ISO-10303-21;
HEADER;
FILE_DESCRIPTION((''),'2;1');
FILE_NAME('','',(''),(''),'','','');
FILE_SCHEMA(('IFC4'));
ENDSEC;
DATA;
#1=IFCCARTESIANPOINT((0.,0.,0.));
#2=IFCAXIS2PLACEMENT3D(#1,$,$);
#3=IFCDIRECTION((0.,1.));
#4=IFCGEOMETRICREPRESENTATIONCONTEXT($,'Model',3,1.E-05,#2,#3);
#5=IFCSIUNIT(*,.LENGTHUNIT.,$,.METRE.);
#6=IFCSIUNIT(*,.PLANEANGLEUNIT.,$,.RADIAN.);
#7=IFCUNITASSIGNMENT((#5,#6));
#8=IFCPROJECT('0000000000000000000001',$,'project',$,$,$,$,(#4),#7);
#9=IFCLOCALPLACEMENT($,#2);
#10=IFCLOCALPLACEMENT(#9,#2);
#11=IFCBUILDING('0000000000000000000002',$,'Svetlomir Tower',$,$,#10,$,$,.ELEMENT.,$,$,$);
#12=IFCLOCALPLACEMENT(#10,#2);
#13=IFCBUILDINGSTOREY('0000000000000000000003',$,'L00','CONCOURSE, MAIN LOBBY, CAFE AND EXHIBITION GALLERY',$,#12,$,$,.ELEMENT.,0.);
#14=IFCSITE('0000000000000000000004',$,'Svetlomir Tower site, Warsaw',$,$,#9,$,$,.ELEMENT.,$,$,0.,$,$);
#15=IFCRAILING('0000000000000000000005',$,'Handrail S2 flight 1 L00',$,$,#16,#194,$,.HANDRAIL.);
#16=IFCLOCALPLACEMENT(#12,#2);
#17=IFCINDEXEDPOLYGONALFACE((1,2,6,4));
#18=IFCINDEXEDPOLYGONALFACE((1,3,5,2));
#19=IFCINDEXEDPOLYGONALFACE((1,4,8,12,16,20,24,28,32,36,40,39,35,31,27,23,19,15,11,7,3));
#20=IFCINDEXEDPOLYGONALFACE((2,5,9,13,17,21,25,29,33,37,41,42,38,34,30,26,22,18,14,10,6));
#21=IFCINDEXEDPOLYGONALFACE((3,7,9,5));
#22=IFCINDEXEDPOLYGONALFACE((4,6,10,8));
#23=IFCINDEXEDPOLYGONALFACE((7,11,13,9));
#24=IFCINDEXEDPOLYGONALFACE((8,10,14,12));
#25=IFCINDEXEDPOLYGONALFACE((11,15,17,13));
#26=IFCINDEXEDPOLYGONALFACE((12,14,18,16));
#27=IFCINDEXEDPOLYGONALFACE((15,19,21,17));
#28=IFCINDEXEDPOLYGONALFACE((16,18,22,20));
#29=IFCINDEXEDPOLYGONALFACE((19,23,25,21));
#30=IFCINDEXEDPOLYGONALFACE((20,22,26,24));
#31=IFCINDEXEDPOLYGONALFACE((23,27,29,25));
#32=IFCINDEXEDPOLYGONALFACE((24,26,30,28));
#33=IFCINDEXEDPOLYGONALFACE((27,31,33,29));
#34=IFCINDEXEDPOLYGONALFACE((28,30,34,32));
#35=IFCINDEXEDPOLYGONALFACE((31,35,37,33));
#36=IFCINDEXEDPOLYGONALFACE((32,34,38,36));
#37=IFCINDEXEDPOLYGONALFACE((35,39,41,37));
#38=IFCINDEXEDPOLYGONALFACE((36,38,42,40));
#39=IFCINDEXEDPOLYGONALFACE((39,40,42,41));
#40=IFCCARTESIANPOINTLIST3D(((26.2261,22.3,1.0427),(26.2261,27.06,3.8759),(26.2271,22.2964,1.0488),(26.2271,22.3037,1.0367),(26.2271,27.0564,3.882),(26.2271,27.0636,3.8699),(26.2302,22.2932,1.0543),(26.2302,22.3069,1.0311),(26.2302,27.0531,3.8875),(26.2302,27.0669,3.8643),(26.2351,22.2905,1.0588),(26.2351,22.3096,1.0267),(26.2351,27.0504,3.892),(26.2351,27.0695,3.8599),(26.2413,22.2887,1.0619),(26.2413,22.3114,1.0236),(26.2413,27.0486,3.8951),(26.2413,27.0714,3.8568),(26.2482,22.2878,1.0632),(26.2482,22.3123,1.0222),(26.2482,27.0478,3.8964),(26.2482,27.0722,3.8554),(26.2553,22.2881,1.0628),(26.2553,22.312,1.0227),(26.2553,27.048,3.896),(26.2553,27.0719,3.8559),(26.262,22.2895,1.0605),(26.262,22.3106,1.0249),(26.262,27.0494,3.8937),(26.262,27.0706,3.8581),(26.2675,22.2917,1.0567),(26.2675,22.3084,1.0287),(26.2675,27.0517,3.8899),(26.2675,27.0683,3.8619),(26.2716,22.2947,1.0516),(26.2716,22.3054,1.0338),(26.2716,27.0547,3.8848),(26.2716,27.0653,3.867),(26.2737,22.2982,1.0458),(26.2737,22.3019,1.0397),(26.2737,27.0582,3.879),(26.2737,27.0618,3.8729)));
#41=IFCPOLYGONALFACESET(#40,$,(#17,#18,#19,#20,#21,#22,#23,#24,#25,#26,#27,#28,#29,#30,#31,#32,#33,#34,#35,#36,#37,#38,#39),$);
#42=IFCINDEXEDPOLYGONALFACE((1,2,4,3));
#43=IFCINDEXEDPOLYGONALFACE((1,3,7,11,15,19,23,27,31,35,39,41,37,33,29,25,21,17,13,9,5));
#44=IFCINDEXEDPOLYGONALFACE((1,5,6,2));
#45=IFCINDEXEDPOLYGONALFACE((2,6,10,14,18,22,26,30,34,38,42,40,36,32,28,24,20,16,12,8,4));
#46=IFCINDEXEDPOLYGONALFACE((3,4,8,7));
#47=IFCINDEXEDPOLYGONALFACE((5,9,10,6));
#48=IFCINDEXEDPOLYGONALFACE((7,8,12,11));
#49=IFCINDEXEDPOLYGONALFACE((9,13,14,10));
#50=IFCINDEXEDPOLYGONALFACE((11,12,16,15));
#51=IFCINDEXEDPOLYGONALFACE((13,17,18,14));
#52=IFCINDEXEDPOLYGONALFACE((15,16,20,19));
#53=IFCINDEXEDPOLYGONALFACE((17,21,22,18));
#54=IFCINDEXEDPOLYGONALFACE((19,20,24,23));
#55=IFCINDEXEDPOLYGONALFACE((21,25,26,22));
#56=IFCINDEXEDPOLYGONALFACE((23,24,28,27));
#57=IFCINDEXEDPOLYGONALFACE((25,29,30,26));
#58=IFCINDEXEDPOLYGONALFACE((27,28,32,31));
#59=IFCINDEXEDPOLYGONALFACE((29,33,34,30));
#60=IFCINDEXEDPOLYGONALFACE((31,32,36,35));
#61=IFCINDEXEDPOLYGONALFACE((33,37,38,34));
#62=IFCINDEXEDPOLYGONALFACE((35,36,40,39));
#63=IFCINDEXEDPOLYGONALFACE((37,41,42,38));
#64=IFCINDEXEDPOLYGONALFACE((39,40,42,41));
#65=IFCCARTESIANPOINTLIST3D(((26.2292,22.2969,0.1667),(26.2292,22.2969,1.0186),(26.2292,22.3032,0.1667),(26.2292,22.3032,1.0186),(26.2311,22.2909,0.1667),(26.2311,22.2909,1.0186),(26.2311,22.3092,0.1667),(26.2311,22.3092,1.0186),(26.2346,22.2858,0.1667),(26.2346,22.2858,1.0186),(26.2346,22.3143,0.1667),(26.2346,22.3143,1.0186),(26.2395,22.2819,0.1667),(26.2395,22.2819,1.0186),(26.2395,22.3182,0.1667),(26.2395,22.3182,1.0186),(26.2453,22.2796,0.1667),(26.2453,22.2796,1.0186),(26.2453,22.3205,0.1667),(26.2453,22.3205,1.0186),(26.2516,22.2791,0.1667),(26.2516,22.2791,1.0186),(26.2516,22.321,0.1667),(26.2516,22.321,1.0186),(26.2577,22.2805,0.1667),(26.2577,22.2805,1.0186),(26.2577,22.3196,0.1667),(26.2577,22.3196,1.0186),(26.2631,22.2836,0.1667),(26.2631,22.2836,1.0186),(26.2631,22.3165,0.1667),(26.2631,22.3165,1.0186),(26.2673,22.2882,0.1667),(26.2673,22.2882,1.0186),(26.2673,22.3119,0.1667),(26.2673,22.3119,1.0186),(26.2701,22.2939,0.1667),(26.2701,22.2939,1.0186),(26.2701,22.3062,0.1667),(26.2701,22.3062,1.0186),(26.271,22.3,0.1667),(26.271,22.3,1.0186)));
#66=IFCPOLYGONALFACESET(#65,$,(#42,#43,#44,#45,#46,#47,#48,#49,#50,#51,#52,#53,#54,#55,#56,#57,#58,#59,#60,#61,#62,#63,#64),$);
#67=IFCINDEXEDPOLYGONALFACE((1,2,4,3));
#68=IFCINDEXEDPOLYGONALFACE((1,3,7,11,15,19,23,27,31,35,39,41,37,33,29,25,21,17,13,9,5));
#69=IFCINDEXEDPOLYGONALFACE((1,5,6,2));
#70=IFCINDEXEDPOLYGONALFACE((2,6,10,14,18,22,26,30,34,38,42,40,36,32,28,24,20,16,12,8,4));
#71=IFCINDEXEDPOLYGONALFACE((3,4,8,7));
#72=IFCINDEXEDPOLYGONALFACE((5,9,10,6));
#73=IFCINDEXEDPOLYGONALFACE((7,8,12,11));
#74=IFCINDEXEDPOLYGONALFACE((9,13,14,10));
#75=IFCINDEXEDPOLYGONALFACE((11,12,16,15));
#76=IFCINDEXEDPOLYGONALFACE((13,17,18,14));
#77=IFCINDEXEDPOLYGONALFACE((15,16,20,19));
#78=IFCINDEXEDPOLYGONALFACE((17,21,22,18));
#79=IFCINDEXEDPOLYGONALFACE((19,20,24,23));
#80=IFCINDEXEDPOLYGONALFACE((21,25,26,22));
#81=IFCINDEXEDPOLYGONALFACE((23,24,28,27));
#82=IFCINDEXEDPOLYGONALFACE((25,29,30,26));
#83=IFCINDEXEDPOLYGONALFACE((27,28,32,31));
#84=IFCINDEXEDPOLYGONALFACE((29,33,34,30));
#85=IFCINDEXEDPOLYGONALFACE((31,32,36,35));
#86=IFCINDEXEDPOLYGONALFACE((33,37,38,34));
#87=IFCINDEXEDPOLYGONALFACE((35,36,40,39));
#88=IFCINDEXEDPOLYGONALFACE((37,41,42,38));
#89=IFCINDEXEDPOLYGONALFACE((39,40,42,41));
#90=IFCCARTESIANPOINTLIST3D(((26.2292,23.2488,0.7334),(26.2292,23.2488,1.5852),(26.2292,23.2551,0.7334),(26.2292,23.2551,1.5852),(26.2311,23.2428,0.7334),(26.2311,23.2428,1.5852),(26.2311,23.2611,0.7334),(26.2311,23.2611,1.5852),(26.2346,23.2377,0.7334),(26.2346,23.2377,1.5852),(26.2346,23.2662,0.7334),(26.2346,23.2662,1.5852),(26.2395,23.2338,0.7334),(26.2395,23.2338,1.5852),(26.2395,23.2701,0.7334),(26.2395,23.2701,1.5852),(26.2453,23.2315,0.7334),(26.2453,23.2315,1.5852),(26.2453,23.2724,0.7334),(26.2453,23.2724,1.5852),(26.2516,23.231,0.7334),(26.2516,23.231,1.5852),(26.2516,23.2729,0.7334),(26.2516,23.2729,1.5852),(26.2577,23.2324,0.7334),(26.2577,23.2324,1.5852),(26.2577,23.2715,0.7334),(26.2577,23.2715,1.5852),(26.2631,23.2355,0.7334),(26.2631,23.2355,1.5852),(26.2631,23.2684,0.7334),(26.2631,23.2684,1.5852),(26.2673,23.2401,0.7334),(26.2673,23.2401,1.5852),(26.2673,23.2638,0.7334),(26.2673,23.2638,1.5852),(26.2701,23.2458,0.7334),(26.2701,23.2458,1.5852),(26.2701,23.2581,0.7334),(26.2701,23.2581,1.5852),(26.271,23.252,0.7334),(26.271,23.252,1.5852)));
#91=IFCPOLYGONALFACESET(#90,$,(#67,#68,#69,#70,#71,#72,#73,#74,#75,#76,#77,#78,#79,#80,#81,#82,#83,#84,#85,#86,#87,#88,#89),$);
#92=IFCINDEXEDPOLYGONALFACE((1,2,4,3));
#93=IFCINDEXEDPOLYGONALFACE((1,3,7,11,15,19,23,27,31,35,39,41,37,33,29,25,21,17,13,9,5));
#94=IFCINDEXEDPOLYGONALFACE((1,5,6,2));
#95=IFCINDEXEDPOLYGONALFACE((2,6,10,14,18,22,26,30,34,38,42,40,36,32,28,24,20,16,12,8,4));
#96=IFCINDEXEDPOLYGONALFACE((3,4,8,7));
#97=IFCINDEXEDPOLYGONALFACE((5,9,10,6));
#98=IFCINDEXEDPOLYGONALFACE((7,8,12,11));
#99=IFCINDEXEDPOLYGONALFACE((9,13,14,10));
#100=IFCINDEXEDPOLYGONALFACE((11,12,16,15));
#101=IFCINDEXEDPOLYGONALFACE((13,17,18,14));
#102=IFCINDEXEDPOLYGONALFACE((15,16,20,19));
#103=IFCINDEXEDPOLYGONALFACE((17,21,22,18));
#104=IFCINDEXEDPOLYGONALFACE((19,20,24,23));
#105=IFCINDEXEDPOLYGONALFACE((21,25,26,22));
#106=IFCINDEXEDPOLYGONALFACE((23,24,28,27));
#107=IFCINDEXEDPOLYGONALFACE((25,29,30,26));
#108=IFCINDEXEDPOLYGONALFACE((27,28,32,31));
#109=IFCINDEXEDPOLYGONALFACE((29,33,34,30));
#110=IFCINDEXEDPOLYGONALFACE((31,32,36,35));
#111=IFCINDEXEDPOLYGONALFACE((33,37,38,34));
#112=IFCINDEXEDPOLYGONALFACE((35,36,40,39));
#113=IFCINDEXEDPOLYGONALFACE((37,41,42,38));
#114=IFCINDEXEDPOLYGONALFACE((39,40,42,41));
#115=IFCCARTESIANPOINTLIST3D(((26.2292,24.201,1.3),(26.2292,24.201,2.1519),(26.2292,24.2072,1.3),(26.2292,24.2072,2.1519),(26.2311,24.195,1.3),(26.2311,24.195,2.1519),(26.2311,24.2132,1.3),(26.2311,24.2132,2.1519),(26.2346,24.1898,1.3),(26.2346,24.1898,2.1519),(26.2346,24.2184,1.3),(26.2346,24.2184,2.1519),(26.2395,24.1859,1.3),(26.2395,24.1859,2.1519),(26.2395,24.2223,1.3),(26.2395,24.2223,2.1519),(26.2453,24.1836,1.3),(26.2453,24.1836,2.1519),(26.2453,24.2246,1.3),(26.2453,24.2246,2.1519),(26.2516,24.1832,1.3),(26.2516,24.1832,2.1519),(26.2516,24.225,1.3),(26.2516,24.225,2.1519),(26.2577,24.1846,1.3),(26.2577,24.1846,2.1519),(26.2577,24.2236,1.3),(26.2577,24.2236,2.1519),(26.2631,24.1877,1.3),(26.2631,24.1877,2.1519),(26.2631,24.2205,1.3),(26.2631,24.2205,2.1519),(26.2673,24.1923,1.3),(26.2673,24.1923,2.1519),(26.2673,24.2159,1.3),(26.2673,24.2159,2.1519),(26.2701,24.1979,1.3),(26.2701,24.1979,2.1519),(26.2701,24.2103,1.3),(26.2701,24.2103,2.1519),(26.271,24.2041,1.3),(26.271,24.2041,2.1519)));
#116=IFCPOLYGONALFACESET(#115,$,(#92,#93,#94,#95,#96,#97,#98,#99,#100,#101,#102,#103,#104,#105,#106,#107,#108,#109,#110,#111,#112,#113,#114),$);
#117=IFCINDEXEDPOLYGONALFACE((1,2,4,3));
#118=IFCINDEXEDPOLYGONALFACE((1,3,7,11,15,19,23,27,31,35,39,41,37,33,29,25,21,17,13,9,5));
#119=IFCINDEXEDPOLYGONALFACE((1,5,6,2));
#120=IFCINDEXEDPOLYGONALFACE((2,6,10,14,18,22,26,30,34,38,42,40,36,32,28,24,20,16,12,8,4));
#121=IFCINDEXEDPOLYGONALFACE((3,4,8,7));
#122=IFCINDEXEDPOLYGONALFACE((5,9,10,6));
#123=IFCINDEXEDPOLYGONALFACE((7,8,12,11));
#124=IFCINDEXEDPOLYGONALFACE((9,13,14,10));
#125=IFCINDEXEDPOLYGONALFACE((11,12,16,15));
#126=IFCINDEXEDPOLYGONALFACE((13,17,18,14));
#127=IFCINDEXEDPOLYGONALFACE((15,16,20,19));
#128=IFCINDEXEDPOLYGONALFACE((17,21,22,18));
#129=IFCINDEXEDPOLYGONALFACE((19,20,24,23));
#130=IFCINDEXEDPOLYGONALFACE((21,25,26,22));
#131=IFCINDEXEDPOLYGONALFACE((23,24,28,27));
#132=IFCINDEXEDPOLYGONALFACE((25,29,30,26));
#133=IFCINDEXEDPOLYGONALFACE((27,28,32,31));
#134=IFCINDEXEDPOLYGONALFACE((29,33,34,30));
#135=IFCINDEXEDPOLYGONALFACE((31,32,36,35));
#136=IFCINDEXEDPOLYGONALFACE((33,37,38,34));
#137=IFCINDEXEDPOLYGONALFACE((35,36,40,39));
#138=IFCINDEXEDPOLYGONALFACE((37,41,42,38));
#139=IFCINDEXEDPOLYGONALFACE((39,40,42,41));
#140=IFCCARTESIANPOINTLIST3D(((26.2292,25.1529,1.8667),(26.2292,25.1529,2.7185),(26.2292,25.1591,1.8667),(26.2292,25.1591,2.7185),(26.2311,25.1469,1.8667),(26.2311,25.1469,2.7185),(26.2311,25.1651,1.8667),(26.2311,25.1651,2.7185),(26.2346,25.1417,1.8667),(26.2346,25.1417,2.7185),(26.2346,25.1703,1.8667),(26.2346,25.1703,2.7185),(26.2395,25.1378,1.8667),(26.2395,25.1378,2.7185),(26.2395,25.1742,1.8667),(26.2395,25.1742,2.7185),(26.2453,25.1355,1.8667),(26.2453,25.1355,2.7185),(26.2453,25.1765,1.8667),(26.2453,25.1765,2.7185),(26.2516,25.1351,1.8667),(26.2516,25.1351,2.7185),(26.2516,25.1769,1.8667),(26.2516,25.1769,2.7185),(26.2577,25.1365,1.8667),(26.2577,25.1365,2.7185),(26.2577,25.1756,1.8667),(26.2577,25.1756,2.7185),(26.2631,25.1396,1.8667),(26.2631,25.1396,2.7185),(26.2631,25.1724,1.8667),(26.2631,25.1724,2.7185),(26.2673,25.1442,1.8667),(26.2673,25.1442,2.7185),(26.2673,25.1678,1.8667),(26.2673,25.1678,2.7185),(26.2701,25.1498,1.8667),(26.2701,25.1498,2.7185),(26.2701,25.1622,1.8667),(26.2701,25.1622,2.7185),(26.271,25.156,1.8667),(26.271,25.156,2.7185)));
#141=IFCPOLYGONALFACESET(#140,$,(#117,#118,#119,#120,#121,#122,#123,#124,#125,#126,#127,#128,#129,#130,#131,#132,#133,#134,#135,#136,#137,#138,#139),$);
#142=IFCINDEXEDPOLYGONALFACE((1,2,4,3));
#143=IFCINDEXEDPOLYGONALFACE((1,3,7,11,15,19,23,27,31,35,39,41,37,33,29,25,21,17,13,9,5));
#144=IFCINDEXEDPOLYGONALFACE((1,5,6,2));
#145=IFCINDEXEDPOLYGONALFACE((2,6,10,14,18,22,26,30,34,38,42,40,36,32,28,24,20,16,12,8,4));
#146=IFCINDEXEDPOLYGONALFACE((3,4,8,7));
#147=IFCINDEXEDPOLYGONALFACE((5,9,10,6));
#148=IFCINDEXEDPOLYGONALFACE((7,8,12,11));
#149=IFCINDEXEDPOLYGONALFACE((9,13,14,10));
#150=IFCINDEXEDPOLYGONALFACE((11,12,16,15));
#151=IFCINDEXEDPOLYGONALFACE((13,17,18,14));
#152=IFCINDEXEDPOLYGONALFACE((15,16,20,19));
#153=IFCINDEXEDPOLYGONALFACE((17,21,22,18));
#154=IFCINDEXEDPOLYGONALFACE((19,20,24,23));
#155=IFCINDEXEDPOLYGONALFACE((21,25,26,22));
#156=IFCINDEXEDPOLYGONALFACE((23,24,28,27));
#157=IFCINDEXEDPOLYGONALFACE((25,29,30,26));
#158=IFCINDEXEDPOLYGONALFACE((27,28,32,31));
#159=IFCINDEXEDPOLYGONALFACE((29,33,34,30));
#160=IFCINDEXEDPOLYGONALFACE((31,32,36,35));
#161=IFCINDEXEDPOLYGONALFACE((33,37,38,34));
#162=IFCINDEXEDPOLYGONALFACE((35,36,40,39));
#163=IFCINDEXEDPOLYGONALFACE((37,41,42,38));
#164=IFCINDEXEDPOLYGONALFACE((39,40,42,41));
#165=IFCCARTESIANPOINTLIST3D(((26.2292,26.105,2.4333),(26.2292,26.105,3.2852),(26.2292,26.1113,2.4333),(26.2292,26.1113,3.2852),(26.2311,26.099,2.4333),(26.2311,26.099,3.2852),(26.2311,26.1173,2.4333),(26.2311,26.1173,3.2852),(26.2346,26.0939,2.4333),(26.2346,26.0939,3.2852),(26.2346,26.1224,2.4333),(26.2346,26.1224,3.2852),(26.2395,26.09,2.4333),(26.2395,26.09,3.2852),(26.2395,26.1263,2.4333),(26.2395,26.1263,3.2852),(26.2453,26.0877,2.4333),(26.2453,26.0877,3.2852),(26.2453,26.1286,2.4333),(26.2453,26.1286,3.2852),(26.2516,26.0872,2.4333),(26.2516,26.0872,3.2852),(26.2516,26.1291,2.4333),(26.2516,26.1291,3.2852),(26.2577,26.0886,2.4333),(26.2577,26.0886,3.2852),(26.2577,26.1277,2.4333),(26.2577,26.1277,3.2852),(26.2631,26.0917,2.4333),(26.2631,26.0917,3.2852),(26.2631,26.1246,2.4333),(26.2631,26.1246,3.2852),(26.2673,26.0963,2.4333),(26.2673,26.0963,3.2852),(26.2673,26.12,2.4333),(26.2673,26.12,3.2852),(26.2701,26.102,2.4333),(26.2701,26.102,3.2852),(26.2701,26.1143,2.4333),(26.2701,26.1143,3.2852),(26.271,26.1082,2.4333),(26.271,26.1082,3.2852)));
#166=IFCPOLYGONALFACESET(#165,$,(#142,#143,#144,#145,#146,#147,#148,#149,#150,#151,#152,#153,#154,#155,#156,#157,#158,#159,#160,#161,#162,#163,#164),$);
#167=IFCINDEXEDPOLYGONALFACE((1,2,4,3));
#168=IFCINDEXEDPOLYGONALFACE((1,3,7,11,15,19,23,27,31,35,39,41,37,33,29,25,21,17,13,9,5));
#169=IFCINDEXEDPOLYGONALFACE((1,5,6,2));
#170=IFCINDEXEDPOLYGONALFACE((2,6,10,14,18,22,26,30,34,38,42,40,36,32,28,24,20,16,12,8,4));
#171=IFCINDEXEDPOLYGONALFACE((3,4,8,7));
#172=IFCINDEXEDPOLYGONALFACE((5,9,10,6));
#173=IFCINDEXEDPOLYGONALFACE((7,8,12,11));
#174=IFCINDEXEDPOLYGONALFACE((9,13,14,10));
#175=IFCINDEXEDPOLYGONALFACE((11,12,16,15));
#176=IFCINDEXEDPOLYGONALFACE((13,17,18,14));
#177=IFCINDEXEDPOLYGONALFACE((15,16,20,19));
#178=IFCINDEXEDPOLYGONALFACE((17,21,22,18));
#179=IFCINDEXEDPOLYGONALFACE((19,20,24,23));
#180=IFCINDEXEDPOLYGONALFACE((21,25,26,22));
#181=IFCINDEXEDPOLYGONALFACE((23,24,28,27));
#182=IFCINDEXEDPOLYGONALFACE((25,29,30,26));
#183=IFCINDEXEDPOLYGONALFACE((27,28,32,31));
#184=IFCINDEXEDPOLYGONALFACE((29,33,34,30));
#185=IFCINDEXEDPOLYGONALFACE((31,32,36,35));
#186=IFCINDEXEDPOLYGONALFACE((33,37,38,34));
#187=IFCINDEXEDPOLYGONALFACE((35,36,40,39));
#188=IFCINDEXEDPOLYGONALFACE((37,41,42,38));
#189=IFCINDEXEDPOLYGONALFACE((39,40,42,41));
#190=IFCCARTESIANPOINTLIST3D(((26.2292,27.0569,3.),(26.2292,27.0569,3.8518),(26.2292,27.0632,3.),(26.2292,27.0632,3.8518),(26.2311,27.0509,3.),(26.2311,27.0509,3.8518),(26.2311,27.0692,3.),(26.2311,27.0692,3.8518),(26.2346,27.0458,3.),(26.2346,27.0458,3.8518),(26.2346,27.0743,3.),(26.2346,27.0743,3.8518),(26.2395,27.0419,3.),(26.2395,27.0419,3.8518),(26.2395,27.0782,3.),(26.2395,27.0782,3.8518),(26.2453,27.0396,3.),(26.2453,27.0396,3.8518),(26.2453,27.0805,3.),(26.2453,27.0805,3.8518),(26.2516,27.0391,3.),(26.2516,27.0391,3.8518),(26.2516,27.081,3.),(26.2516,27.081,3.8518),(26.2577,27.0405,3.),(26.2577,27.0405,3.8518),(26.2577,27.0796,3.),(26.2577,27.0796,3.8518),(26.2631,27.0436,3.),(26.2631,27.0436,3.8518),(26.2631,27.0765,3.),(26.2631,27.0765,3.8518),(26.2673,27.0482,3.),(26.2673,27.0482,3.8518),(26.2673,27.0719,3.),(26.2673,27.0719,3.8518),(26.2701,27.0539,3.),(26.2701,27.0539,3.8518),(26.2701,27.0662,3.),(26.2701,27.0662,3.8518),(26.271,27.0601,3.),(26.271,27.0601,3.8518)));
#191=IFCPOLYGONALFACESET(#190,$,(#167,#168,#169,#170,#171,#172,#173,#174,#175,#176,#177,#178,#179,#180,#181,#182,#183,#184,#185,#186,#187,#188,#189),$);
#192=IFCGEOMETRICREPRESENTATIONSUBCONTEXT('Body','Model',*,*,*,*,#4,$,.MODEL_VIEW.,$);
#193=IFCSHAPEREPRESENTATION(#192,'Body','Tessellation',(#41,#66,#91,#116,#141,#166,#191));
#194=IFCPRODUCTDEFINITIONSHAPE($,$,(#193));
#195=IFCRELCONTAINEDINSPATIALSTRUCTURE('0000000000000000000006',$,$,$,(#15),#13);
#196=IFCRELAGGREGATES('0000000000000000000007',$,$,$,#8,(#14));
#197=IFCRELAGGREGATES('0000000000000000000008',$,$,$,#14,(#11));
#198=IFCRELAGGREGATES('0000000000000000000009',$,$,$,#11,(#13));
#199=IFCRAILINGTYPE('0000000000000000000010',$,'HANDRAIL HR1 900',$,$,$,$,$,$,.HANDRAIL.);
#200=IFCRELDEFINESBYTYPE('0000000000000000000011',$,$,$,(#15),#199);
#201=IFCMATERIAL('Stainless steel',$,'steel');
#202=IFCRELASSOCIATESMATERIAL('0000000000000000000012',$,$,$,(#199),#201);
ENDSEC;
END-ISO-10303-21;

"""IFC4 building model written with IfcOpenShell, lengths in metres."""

from ifc_helpers import new_model, si_unit, direction, frame, origin, origin_2d, place, context, subcontext, project, spatial, circle, extrude, material, type_object, element, save


model = new_model("IFC4")

# Units and contexts
model_context = context("Model", 3, precision=1e-05, world=origin(), true_north=direction((0.0, 1.0)))
body_context = subcontext(model_context, "Body", "Model", "MODEL_VIEW")
ifc_project = project(units=[si_unit("LENGTHUNIT", "METRE"), si_unit("PLANEANGLEUNIT", "RADIAN")], contexts=[model_context])

# Site, building, storey
site_placement = place(None, origin())
site = spatial("IfcSite", under=ifc_project, at=site_placement, Name="Svetlomir Tower site, Warsaw", CompositionType="ELEMENT", RefElevation=0.0)
building_placement = place(site_placement, origin())
building = spatial("IfcBuilding", under=site, at=building_placement, Name="Svetlomir Tower", CompositionType="ELEMENT")
storey_placement = place(building_placement, origin())
storey = spatial("IfcBuildingStorey", under=building, at=storey_placement, Name="L00", Description="CONCOURSE, MAIN LOBBY, CAFE AND EXHIBITION GALLERY", CompositionType="ELEMENT", Elevation=0.0)

# Railing
ifc_material_1 = material(Name="Stainless steel", Category="steel")
railing_type_1 = type_object("IfcRailingType", Name="HANDRAIL HR1 900", PredefinedType="HANDRAIL", material=ifc_material_1)
railing_1_placement = place(storey_placement, frame((26.25, 22.3, 0.1667)))
element("IfcRailing", 1, at=railing_1_placement, inside=storey, type_object=railing_type_1, Name="Handrail S2 flight 1 L00", PredefinedType="HANDRAIL", context=body_context, shape_type="SweptSolid", body=[
    extrude(circle(Radius=0.0239, at=origin_2d()), frame((0.0, 0.0, 0.876), z_axis=(0.0, 0.8593, 0.511472), x_axis=(-1.0, 0.0, 0.0)), (0.0, 0.0, 1.0), 5.5393),
    extrude(circle(Radius=0.021, at=origin_2d()), origin(), (0.0, 0.0, 1.0), 0.8518),
    extrude(circle(Radius=0.021, at=origin_2d()), frame((0.0, 0.9519, 0.5667)), (0.0, 0.0, 1.0), 0.8518),
    extrude(circle(Radius=0.021, at=origin_2d()), frame((0.0, 1.9041, 1.1333)), (0.0, 0.0, 1.0), 0.8518),
    extrude(circle(Radius=0.021, at=origin_2d()), frame((0.0, 2.856, 1.7)), (0.0, 0.0, 1.0), 0.8518),
    extrude(circle(Radius=0.021, at=origin_2d()), frame((0.0, 3.8081, 2.2666)), (0.0, 0.0, 1.0), 0.8518),
    extrude(circle(Radius=0.021, at=origin_2d()), frame((0.0, 4.76, 2.8333)), (0.0, 0.0, 1.0), 0.8518),
])

save(model, "model.ifc")
